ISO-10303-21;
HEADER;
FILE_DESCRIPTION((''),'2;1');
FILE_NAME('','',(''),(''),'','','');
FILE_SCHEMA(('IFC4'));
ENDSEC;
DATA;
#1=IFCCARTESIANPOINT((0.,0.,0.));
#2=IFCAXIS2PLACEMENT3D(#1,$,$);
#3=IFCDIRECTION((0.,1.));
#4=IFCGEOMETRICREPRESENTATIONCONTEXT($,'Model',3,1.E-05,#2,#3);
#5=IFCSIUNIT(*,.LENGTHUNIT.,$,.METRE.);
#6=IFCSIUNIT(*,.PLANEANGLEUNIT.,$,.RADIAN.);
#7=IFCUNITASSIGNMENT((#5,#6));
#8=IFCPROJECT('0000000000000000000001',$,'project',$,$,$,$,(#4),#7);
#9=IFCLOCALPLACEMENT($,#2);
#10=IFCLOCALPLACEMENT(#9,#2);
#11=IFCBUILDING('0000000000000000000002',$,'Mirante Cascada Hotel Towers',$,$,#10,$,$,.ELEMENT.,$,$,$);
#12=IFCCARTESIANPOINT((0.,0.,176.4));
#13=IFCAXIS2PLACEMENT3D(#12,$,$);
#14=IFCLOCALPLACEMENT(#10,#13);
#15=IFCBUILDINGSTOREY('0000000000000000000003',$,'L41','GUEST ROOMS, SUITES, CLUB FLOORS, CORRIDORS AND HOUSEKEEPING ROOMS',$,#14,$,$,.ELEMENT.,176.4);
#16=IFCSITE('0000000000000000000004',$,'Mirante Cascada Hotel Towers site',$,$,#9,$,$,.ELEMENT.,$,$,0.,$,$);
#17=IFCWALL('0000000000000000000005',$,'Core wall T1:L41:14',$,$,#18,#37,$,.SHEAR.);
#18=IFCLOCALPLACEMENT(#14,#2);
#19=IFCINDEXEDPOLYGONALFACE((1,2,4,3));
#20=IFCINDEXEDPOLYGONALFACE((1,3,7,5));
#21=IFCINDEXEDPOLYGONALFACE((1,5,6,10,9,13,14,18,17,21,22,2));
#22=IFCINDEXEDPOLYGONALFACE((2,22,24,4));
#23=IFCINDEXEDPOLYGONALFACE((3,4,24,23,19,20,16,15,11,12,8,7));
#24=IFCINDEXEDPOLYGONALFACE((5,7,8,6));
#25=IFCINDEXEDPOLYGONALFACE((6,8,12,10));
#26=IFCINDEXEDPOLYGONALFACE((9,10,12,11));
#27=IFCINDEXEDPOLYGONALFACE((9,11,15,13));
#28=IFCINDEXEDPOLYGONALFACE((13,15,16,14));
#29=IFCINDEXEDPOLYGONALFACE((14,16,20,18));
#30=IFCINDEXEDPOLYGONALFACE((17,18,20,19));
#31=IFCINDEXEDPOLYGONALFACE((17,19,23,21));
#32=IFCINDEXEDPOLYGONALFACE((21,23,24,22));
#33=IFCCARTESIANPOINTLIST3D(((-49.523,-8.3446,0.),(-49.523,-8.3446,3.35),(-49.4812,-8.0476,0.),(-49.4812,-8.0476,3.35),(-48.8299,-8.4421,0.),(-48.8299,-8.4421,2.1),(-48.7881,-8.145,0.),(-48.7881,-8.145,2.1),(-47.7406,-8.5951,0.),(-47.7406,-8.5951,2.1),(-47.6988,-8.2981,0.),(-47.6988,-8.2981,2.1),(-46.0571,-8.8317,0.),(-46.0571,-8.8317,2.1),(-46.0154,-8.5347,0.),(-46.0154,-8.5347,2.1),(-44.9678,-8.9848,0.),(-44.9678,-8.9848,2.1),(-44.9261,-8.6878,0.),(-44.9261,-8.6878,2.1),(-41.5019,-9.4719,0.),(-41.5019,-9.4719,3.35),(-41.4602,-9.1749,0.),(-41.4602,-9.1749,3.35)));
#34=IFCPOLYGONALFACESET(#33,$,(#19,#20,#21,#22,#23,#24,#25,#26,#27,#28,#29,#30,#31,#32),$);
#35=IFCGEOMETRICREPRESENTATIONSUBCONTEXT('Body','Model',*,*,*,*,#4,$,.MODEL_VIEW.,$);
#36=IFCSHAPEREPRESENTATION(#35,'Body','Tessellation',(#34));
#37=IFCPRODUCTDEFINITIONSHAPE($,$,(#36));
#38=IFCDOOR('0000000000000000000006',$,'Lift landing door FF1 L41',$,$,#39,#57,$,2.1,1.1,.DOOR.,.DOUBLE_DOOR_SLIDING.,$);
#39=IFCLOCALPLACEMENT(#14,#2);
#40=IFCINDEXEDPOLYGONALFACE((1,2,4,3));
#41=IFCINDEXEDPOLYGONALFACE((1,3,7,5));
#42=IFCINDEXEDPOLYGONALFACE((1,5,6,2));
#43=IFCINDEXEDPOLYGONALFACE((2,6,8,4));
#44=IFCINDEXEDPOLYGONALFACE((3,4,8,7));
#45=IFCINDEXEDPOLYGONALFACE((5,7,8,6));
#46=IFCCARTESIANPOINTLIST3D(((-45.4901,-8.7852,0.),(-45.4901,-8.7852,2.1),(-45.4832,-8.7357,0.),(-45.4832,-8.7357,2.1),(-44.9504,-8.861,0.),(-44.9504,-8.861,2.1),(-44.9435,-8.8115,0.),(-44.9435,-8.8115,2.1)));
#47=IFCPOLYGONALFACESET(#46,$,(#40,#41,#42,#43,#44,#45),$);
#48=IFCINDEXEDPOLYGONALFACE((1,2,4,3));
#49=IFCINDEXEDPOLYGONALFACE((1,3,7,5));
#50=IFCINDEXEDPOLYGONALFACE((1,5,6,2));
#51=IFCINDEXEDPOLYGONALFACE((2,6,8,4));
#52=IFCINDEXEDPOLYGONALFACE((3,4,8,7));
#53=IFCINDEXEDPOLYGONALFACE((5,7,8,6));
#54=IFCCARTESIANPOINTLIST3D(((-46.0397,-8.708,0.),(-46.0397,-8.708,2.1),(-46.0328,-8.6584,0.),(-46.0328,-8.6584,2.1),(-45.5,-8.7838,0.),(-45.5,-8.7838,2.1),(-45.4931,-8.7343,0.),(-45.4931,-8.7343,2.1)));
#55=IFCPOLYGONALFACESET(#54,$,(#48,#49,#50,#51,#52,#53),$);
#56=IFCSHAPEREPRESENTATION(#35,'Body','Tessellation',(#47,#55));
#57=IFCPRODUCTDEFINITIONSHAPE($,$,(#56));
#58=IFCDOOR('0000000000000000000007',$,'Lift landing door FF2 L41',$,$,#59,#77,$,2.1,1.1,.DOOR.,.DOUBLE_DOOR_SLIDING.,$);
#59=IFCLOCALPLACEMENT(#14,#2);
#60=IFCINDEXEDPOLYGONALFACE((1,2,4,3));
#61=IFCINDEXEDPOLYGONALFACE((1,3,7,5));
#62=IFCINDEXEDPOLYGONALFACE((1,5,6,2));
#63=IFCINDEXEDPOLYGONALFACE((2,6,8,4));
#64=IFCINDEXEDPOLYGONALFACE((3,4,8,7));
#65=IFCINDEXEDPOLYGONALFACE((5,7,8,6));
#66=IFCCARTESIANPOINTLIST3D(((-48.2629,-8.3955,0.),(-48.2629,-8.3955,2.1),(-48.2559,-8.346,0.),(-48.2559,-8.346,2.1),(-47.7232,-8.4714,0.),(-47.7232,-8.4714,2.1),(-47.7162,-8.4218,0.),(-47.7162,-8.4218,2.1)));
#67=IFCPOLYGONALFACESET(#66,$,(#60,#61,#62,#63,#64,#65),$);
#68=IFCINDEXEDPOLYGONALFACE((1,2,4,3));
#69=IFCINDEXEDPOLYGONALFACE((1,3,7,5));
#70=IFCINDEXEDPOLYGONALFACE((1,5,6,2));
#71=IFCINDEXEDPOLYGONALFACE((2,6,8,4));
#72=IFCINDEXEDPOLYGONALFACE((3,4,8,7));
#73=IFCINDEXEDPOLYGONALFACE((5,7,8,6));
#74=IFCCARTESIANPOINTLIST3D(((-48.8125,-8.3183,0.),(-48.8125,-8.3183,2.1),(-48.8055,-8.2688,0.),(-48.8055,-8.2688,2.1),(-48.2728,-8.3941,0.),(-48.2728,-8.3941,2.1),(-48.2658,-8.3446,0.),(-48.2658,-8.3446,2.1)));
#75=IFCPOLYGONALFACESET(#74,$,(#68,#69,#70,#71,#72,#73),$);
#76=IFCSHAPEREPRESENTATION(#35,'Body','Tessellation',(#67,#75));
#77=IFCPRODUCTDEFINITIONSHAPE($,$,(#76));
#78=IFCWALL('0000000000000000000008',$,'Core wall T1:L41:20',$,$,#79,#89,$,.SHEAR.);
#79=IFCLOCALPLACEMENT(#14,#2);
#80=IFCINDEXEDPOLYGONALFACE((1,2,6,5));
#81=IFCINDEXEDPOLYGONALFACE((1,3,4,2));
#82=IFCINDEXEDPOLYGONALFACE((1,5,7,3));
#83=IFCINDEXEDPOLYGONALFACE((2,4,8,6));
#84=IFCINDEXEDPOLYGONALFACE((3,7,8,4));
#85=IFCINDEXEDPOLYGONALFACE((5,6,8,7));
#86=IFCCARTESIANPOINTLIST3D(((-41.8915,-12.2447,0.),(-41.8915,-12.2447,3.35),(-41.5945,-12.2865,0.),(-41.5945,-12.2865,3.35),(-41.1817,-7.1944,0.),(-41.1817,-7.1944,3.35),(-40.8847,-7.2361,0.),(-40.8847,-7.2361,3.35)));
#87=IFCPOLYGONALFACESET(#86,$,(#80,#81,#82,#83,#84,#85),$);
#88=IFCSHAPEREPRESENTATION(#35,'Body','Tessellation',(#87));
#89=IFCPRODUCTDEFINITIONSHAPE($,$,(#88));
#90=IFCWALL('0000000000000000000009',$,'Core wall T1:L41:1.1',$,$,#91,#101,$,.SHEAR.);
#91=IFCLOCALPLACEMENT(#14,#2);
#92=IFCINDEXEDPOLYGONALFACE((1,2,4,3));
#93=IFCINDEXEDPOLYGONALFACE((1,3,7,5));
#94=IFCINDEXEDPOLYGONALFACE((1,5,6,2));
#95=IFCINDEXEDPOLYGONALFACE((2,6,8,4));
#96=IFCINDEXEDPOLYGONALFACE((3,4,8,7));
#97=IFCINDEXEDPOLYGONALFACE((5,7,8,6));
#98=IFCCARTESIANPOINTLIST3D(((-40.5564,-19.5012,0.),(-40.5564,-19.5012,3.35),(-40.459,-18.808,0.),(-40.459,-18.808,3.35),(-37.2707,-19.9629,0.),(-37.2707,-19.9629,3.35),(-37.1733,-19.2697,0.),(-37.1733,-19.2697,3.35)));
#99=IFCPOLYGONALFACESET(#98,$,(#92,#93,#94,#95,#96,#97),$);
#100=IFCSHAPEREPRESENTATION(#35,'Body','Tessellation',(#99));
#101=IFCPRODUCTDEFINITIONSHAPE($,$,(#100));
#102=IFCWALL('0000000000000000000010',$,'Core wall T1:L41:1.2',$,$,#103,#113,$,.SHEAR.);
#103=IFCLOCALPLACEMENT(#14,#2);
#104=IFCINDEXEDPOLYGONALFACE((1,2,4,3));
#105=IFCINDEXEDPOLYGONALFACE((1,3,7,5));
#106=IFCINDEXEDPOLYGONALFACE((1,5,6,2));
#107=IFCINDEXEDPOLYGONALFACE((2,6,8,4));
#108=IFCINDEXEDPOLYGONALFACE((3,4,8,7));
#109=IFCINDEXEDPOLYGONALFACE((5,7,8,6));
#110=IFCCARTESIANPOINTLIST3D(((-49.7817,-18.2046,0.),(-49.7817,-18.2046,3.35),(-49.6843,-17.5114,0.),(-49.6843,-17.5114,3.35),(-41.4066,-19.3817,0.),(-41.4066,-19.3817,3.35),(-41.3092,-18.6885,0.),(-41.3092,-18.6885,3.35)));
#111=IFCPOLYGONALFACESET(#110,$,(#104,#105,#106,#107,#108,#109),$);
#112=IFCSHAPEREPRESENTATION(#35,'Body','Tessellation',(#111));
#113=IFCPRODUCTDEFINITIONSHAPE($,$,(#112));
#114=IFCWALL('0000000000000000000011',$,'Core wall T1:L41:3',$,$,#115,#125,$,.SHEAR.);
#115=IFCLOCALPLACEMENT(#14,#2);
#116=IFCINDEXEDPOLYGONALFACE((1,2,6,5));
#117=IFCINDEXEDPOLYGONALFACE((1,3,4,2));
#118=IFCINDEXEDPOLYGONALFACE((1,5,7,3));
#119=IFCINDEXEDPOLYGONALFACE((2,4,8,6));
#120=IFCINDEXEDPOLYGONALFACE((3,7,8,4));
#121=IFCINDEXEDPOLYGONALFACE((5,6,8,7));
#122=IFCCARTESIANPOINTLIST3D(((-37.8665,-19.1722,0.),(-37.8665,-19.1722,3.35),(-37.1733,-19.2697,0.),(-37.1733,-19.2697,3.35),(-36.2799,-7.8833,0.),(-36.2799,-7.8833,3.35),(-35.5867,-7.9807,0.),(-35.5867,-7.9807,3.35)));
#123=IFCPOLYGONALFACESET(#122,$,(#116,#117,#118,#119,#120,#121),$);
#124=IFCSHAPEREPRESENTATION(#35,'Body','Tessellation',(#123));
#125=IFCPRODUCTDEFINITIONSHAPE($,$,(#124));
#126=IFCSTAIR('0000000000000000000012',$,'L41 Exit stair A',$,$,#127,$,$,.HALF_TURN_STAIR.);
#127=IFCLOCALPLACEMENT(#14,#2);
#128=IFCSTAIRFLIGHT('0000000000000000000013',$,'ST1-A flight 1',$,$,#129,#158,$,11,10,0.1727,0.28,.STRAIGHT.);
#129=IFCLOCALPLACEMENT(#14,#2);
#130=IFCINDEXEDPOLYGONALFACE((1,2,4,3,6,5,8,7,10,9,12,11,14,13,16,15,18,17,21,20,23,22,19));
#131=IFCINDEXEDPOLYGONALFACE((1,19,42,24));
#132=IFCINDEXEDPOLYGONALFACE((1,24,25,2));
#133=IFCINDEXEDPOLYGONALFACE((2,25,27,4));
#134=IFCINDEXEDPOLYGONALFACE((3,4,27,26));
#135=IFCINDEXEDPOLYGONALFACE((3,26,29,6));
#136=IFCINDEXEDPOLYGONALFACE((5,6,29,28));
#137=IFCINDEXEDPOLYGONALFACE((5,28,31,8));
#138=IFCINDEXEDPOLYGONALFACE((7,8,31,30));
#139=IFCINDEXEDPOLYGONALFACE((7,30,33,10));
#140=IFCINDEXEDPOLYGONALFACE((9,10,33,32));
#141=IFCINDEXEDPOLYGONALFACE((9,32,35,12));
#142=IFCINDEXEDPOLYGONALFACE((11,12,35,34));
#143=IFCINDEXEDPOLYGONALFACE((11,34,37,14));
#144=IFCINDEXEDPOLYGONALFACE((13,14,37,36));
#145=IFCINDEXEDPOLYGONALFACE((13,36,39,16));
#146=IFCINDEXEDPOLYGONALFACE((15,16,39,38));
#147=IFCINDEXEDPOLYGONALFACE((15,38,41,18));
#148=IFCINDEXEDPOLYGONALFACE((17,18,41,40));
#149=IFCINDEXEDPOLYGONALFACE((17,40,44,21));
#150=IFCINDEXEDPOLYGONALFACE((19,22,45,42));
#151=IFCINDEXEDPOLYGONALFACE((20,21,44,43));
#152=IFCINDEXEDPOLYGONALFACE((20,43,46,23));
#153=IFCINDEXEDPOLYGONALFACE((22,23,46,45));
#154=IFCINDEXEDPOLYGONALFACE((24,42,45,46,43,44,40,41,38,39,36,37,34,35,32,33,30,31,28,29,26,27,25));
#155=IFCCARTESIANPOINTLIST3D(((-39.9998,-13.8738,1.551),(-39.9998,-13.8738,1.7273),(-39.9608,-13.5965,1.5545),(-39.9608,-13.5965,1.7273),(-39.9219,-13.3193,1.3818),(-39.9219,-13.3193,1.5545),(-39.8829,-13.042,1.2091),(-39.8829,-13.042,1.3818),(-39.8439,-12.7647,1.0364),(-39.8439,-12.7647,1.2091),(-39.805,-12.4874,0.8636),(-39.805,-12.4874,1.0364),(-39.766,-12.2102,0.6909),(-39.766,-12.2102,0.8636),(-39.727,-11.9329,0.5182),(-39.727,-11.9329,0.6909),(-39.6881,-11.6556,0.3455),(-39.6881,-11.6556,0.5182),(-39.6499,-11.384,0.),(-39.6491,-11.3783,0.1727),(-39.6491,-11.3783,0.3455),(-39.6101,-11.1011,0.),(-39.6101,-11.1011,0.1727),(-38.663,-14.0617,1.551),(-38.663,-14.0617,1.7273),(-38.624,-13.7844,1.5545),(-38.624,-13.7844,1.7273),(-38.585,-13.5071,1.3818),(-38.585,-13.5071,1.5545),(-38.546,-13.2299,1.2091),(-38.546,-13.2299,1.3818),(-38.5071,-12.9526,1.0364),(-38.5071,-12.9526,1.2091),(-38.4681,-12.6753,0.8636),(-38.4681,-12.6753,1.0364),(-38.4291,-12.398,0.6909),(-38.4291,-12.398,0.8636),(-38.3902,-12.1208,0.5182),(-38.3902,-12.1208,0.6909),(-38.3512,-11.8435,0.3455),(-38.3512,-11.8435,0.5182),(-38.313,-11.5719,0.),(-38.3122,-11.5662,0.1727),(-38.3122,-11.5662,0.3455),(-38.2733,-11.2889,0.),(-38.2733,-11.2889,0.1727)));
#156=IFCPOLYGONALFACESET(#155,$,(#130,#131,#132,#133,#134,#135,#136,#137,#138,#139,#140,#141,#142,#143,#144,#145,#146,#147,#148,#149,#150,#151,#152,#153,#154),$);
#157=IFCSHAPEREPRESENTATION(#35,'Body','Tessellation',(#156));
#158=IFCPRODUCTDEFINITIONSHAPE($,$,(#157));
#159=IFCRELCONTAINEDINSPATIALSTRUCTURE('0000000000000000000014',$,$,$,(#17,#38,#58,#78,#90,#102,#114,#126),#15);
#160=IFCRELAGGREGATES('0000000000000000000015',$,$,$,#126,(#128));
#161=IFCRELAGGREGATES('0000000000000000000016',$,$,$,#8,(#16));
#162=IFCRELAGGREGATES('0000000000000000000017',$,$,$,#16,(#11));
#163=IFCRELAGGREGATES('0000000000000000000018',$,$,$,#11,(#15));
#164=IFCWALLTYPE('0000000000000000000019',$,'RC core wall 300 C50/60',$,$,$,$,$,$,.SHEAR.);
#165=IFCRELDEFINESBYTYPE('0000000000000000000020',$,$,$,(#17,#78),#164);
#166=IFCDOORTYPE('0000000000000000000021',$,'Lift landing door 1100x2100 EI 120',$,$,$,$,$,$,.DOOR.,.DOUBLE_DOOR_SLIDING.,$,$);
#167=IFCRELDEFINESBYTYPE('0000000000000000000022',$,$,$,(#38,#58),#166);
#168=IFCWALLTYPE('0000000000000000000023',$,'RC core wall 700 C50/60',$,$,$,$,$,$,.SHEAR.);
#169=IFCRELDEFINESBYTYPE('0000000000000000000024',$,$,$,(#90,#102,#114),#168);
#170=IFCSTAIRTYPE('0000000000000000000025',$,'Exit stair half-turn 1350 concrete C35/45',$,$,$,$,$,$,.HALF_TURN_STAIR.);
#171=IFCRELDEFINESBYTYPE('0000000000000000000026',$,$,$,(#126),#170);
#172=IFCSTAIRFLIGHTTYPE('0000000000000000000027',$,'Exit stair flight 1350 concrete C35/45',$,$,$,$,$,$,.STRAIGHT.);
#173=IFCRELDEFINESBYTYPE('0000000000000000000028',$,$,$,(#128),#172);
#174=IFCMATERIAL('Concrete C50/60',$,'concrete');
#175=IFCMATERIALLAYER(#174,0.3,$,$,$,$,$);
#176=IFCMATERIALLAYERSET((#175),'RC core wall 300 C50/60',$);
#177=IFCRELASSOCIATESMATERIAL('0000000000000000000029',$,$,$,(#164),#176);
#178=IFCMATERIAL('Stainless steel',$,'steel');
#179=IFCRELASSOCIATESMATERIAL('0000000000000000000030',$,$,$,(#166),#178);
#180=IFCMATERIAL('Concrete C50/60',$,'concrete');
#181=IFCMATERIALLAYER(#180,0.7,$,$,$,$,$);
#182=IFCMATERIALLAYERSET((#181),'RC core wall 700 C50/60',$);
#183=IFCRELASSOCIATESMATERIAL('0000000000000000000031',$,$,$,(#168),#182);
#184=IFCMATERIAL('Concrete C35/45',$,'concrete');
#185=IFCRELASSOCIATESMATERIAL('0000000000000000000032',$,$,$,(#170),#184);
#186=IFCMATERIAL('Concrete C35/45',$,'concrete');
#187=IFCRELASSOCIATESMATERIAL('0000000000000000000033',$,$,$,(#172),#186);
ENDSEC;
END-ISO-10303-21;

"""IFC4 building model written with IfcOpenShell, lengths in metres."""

from ifc_helpers import new_model, si_unit, direction, frame, frame_2d, origin, place, context, subcontext, project, spatial, polyline, rectangle, outline, extrude, material, layer, layer_set, type_object, element, fill, aggregate, save


model = new_model("IFC4")

# Units and contexts
model_context = context("Model", 3, precision=1e-05, world=origin(), true_north=direction((0.0, 1.0)))
body_context = subcontext(model_context, "Body", "Model", "MODEL_VIEW")
ifc_project = project(units=[si_unit("LENGTHUNIT", "METRE"), si_unit("PLANEANGLEUNIT", "RADIAN")], contexts=[model_context])

# Site, building, storey
site_placement = place(None, origin())
site = spatial("IfcSite", under=ifc_project, at=site_placement, Name="Mirante Cascada Hotel Towers site", CompositionType="ELEMENT", RefElevation=0.0)
building_placement = place(site_placement, origin())
building = spatial("IfcBuilding", under=site, at=building_placement, Name="Mirante Cascada Hotel Towers", CompositionType="ELEMENT")
storey_placement = place(building_placement, frame((0.0, 0.0, 176.4)))
storey = spatial("IfcBuildingStorey", under=building, at=storey_placement, Name="L41", Description="GUEST ROOMS, SUITES, CLUB FLOORS, CORRIDORS AND HOUSEKEEPING ROOMS", CompositionType="ELEMENT", Elevation=176.4)

# Shared definitions
ifc_material_1 = material(Name="Concrete C50/60", Category="concrete")
ifc_layer_1 = layer(ifc_material_1, 0.3)
ifc_layer_set_1 = layer_set([ifc_layer_1], Name="RC core wall 300 C50/60")
wall_type_1 = type_object("IfcWallType", Name="RC core wall 300 C50/60", PredefinedType="SHEAR", material=ifc_layer_set_1)

# Shared definitions
ifc_material_2 = material(Name="Stainless steel", Category="steel")
door_type_1 = type_object("IfcDoorType", Name="Lift landing door 1100x2100 EI 120", OperationType="DOUBLE_DOOR_SLIDING", PredefinedType="DOOR", material=ifc_material_2)

# Wall, openings, doors
wall_1_placement = place(storey_placement, frame((-41.481, -9.3234, 0.0), z_axis=(0.0, 0.0, 1.0), x_axis=(-0.990268, 0.139174, 0.0)))
wall_1 = element("IfcWall", 1, at=wall_1_placement, inside=storey, type_object=wall_type_1, Name="Core wall T1:L41:14", PredefinedType="SHEAR", context=body_context, shape_type="SweptSolid", body=[
    extrude(rectangle(XDim=8.0999, YDim=0.3, at=frame_2d((4.05, 0.0))), origin(), (0.0, 0.0, 1.0), 3.35),
])
opening_1_placement = place(wall_1_placement, frame((3.5, 0.0, 0.0)))
opening_1 = element("IfcOpeningElement", 2, at=opening_1_placement, cuts=wall_1, PredefinedType="OPENING", context=body_context, shape_type="SweptSolid", body=[
    extrude(rectangle(XDim=1.1, YDim=2.1, at=frame_2d((0.55, 1.05))), frame((0.0, 0.15, 0.0), z_axis=(0.0, -1.0, 0.0), x_axis=(1.0, 0.0, 0.0)), (0.0, 0.0, 1.0), 0.3),
])
opening_2_placement = place(wall_1_placement, frame((6.3, 0.0, 0.0)))
opening_2 = element("IfcOpeningElement", 3, at=opening_2_placement, cuts=wall_1, PredefinedType="OPENING", context=body_context, shape_type="SweptSolid", body=[
    extrude(rectangle(XDim=1.1, YDim=2.1, at=frame_2d((0.55, 1.05))), frame((0.0, 0.15, 0.0), z_axis=(0.0, -1.0, 0.0), x_axis=(1.0, 0.0, 0.0)), (0.0, 0.0, 1.0), 0.3),
])
door_1_placement = place(opening_1_placement, origin())
door_1 = element("IfcDoor", 4, at=door_1_placement, inside=storey, type_object=door_type_1, Name="Lift landing door FF1 L41", OperationType="DOUBLE_DOOR_SLIDING", OverallHeight=2.1, OverallWidth=1.1, PredefinedType="DOOR", context=body_context, shape_type="SweptSolid", body=[
    extrude(rectangle(XDim=0.545, YDim=2.1, at=frame_2d((0.2725, 1.05))), frame((0.0, 0.025, 0.0), z_axis=(0.0, -1.0, 0.0), x_axis=(1.0, 0.0, 0.0)), (0.0, 0.0, 1.0), 0.05),
    extrude(rectangle(XDim=0.545, YDim=2.1, at=frame_2d((0.8275, 1.05))), frame((0.0, 0.025, 0.0), z_axis=(0.0, -1.0, 0.0), x_axis=(1.0, 0.0, 0.0)), (0.0, 0.0, 1.0), 0.05),
])
fill(opening_1, door_1)
door_2_placement = place(opening_2_placement, origin())
door_2 = element("IfcDoor", 5, at=door_2_placement, inside=storey, type_object=door_type_1, Name="Lift landing door FF2 L41", OperationType="DOUBLE_DOOR_SLIDING", OverallHeight=2.1, OverallWidth=1.1, PredefinedType="DOOR", context=body_context, shape_type="SweptSolid", body=[
    extrude(rectangle(XDim=0.545, YDim=2.1, at=frame_2d((0.2725, 1.05))), frame((0.0, 0.025, 0.0), z_axis=(0.0, -1.0, 0.0), x_axis=(1.0, 0.0, 0.0)), (0.0, 0.0, 1.0), 0.05),
    extrude(rectangle(XDim=0.545, YDim=2.1, at=frame_2d((0.8275, 1.05))), frame((0.0, 0.025, 0.0), z_axis=(0.0, -1.0, 0.0), x_axis=(1.0, 0.0, 0.0)), (0.0, 0.0, 1.0), 0.05),
])
fill(opening_2, door_2)

# Walls
wall_2_placement = place(storey_placement, frame((-41.743, -12.2656, 0.0), z_axis=(0.0, 0.0, 1.0), x_axis=(0.139176, 0.990268, 0.0)))
element("IfcWall", 6, at=wall_2_placement, inside=storey, type_object=wall_type_1, Name="Core wall T1:L41:20", PredefinedType="SHEAR", context=body_context, shape_type="SweptSolid", body=[
    extrude(rectangle(XDim=5.1, YDim=0.3, at=frame_2d((2.55, 0.0))), origin(), (0.0, 0.0, 1.0), 3.35),
])
ifc_material_3 = material(Name="Concrete C50/60", Category="concrete")
ifc_layer_2 = layer(ifc_material_3, 0.7)
ifc_layer_set_2 = layer_set([ifc_layer_2], Name="RC core wall 700 C50/60")
wall_type_2 = type_object("IfcWallType", Name="RC core wall 700 C50/60", PredefinedType="SHEAR", material=ifc_layer_set_2)
wall_3_placement = place(storey_placement, frame((-37.222, -19.6163, 0.0), z_axis=(0.0, 0.0, 1.0), x_axis=(-0.990271, 0.139151, 0.0)))
element("IfcWall", 7, at=wall_3_placement, inside=storey, type_object=wall_type_2, Name="Core wall T1:L41:1.1", PredefinedType="SHEAR", context=body_context, shape_type="SweptSolid", body=[
    extrude(rectangle(XDim=3.318, YDim=0.7, at=frame_2d((1.659, 0.0))), origin(), (0.0, 0.0, 1.0), 3.35),
])
wall_4_placement = place(storey_placement, frame((-41.3579, -19.0351, 0.0), z_axis=(0.0, 0.0, 1.0), x_axis=(-0.990267, 0.13918, 0.0)))
element("IfcWall", 8, at=wall_4_placement, inside=storey, type_object=wall_type_2, Name="Core wall T1:L41:1.2", PredefinedType="SHEAR", context=body_context, shape_type="SweptSolid", body=[
    extrude(rectangle(XDim=8.4574, YDim=0.7, at=frame_2d((4.2287, 0.0))), origin(), (0.0, 0.0, 1.0), 3.35),
])
wall_5_placement = place(storey_placement, frame((-37.5199, -19.221, 0.0), z_axis=(0.0, 0.0, 1.0), x_axis=(0.139176, 0.990268, 0.0)))
element("IfcWall", 9, at=wall_5_placement, inside=storey, type_object=wall_type_2, Name="Core wall T1:L41:3", PredefinedType="SHEAR", context=body_context, shape_type="SweptSolid", body=[
    extrude(rectangle(XDim=11.3999, YDim=0.7, at=frame_2d((5.7, 0.0))), origin(), (0.0, 0.0, 1.0), 3.35),
])

# Stair, stair flight
ifc_material_4 = material(Name="Concrete C35/45", Category="concrete")
stair_type = type_object("IfcStairType", Name="Exit stair half-turn 1350 concrete C35/45", PredefinedType="HALF_TURN_STAIR", material=ifc_material_4)
stair_placement = place(storey_placement, origin())
stair = element("IfcStair", 10, at=stair_placement, inside=storey, type_object=stair_type, Name="L41 Exit stair A", PredefinedType="HALF_TURN_STAIR")
ifc_material_5 = material(Name="Concrete C35/45", Category="concrete")
stair_flight_type = type_object("IfcStairFlightType", Name="Exit stair flight 1350 concrete C35/45", PredefinedType="STRAIGHT", material=ifc_material_5)
stair_flight_1_placement = place(storey_placement, frame((-38.9417, -11.195, 0.0), z_axis=(0.0, 0.0, 1.0), x_axis=(-0.139173, -0.990268, 0.0)))
stair_flight_1 = element("IfcStairFlight", 11, at=stair_flight_1_placement, type_object=stair_flight_type, Name="ST1-A flight 1", NumberOfRisers=11, NumberOfTreads=10, PredefinedType="STRAIGHT", RiserHeight=0.1727, TreadLength=0.28, context=body_context, shape_type="SweptSolid", body=[
    extrude(outline(polyline([(0.0, 0.0), (0.0, 0.1727), (0.28, 0.1727), (0.28, 0.3455), (0.56, 0.3455), (0.56, 0.5182), (0.84, 0.5182), (0.84, 0.6909), (1.12, 0.6909), (1.12, 0.8636), (1.4, 0.8636), (1.4, 1.0364), (1.68, 1.0364), (1.68, 1.2091), (1.96, 1.2091), (1.96, 1.3818), (2.24, 1.3818), (2.24, 1.5545), (2.52, 1.5545), (2.52, 1.7273), (2.8, 1.7273), (2.8, 1.9), (2.8, 1.551), (0.2857, 0.0), (0.0, 0.0)])), frame((0.0, 0.675, 0.0), z_axis=(0.0, -1.0, 0.0), x_axis=(1.0, 0.0, 0.0)), (0.0, 0.0, 1.0), 1.35),
])
aggregate(stair, [stair_flight_1])

save(model, "model.ifc")
